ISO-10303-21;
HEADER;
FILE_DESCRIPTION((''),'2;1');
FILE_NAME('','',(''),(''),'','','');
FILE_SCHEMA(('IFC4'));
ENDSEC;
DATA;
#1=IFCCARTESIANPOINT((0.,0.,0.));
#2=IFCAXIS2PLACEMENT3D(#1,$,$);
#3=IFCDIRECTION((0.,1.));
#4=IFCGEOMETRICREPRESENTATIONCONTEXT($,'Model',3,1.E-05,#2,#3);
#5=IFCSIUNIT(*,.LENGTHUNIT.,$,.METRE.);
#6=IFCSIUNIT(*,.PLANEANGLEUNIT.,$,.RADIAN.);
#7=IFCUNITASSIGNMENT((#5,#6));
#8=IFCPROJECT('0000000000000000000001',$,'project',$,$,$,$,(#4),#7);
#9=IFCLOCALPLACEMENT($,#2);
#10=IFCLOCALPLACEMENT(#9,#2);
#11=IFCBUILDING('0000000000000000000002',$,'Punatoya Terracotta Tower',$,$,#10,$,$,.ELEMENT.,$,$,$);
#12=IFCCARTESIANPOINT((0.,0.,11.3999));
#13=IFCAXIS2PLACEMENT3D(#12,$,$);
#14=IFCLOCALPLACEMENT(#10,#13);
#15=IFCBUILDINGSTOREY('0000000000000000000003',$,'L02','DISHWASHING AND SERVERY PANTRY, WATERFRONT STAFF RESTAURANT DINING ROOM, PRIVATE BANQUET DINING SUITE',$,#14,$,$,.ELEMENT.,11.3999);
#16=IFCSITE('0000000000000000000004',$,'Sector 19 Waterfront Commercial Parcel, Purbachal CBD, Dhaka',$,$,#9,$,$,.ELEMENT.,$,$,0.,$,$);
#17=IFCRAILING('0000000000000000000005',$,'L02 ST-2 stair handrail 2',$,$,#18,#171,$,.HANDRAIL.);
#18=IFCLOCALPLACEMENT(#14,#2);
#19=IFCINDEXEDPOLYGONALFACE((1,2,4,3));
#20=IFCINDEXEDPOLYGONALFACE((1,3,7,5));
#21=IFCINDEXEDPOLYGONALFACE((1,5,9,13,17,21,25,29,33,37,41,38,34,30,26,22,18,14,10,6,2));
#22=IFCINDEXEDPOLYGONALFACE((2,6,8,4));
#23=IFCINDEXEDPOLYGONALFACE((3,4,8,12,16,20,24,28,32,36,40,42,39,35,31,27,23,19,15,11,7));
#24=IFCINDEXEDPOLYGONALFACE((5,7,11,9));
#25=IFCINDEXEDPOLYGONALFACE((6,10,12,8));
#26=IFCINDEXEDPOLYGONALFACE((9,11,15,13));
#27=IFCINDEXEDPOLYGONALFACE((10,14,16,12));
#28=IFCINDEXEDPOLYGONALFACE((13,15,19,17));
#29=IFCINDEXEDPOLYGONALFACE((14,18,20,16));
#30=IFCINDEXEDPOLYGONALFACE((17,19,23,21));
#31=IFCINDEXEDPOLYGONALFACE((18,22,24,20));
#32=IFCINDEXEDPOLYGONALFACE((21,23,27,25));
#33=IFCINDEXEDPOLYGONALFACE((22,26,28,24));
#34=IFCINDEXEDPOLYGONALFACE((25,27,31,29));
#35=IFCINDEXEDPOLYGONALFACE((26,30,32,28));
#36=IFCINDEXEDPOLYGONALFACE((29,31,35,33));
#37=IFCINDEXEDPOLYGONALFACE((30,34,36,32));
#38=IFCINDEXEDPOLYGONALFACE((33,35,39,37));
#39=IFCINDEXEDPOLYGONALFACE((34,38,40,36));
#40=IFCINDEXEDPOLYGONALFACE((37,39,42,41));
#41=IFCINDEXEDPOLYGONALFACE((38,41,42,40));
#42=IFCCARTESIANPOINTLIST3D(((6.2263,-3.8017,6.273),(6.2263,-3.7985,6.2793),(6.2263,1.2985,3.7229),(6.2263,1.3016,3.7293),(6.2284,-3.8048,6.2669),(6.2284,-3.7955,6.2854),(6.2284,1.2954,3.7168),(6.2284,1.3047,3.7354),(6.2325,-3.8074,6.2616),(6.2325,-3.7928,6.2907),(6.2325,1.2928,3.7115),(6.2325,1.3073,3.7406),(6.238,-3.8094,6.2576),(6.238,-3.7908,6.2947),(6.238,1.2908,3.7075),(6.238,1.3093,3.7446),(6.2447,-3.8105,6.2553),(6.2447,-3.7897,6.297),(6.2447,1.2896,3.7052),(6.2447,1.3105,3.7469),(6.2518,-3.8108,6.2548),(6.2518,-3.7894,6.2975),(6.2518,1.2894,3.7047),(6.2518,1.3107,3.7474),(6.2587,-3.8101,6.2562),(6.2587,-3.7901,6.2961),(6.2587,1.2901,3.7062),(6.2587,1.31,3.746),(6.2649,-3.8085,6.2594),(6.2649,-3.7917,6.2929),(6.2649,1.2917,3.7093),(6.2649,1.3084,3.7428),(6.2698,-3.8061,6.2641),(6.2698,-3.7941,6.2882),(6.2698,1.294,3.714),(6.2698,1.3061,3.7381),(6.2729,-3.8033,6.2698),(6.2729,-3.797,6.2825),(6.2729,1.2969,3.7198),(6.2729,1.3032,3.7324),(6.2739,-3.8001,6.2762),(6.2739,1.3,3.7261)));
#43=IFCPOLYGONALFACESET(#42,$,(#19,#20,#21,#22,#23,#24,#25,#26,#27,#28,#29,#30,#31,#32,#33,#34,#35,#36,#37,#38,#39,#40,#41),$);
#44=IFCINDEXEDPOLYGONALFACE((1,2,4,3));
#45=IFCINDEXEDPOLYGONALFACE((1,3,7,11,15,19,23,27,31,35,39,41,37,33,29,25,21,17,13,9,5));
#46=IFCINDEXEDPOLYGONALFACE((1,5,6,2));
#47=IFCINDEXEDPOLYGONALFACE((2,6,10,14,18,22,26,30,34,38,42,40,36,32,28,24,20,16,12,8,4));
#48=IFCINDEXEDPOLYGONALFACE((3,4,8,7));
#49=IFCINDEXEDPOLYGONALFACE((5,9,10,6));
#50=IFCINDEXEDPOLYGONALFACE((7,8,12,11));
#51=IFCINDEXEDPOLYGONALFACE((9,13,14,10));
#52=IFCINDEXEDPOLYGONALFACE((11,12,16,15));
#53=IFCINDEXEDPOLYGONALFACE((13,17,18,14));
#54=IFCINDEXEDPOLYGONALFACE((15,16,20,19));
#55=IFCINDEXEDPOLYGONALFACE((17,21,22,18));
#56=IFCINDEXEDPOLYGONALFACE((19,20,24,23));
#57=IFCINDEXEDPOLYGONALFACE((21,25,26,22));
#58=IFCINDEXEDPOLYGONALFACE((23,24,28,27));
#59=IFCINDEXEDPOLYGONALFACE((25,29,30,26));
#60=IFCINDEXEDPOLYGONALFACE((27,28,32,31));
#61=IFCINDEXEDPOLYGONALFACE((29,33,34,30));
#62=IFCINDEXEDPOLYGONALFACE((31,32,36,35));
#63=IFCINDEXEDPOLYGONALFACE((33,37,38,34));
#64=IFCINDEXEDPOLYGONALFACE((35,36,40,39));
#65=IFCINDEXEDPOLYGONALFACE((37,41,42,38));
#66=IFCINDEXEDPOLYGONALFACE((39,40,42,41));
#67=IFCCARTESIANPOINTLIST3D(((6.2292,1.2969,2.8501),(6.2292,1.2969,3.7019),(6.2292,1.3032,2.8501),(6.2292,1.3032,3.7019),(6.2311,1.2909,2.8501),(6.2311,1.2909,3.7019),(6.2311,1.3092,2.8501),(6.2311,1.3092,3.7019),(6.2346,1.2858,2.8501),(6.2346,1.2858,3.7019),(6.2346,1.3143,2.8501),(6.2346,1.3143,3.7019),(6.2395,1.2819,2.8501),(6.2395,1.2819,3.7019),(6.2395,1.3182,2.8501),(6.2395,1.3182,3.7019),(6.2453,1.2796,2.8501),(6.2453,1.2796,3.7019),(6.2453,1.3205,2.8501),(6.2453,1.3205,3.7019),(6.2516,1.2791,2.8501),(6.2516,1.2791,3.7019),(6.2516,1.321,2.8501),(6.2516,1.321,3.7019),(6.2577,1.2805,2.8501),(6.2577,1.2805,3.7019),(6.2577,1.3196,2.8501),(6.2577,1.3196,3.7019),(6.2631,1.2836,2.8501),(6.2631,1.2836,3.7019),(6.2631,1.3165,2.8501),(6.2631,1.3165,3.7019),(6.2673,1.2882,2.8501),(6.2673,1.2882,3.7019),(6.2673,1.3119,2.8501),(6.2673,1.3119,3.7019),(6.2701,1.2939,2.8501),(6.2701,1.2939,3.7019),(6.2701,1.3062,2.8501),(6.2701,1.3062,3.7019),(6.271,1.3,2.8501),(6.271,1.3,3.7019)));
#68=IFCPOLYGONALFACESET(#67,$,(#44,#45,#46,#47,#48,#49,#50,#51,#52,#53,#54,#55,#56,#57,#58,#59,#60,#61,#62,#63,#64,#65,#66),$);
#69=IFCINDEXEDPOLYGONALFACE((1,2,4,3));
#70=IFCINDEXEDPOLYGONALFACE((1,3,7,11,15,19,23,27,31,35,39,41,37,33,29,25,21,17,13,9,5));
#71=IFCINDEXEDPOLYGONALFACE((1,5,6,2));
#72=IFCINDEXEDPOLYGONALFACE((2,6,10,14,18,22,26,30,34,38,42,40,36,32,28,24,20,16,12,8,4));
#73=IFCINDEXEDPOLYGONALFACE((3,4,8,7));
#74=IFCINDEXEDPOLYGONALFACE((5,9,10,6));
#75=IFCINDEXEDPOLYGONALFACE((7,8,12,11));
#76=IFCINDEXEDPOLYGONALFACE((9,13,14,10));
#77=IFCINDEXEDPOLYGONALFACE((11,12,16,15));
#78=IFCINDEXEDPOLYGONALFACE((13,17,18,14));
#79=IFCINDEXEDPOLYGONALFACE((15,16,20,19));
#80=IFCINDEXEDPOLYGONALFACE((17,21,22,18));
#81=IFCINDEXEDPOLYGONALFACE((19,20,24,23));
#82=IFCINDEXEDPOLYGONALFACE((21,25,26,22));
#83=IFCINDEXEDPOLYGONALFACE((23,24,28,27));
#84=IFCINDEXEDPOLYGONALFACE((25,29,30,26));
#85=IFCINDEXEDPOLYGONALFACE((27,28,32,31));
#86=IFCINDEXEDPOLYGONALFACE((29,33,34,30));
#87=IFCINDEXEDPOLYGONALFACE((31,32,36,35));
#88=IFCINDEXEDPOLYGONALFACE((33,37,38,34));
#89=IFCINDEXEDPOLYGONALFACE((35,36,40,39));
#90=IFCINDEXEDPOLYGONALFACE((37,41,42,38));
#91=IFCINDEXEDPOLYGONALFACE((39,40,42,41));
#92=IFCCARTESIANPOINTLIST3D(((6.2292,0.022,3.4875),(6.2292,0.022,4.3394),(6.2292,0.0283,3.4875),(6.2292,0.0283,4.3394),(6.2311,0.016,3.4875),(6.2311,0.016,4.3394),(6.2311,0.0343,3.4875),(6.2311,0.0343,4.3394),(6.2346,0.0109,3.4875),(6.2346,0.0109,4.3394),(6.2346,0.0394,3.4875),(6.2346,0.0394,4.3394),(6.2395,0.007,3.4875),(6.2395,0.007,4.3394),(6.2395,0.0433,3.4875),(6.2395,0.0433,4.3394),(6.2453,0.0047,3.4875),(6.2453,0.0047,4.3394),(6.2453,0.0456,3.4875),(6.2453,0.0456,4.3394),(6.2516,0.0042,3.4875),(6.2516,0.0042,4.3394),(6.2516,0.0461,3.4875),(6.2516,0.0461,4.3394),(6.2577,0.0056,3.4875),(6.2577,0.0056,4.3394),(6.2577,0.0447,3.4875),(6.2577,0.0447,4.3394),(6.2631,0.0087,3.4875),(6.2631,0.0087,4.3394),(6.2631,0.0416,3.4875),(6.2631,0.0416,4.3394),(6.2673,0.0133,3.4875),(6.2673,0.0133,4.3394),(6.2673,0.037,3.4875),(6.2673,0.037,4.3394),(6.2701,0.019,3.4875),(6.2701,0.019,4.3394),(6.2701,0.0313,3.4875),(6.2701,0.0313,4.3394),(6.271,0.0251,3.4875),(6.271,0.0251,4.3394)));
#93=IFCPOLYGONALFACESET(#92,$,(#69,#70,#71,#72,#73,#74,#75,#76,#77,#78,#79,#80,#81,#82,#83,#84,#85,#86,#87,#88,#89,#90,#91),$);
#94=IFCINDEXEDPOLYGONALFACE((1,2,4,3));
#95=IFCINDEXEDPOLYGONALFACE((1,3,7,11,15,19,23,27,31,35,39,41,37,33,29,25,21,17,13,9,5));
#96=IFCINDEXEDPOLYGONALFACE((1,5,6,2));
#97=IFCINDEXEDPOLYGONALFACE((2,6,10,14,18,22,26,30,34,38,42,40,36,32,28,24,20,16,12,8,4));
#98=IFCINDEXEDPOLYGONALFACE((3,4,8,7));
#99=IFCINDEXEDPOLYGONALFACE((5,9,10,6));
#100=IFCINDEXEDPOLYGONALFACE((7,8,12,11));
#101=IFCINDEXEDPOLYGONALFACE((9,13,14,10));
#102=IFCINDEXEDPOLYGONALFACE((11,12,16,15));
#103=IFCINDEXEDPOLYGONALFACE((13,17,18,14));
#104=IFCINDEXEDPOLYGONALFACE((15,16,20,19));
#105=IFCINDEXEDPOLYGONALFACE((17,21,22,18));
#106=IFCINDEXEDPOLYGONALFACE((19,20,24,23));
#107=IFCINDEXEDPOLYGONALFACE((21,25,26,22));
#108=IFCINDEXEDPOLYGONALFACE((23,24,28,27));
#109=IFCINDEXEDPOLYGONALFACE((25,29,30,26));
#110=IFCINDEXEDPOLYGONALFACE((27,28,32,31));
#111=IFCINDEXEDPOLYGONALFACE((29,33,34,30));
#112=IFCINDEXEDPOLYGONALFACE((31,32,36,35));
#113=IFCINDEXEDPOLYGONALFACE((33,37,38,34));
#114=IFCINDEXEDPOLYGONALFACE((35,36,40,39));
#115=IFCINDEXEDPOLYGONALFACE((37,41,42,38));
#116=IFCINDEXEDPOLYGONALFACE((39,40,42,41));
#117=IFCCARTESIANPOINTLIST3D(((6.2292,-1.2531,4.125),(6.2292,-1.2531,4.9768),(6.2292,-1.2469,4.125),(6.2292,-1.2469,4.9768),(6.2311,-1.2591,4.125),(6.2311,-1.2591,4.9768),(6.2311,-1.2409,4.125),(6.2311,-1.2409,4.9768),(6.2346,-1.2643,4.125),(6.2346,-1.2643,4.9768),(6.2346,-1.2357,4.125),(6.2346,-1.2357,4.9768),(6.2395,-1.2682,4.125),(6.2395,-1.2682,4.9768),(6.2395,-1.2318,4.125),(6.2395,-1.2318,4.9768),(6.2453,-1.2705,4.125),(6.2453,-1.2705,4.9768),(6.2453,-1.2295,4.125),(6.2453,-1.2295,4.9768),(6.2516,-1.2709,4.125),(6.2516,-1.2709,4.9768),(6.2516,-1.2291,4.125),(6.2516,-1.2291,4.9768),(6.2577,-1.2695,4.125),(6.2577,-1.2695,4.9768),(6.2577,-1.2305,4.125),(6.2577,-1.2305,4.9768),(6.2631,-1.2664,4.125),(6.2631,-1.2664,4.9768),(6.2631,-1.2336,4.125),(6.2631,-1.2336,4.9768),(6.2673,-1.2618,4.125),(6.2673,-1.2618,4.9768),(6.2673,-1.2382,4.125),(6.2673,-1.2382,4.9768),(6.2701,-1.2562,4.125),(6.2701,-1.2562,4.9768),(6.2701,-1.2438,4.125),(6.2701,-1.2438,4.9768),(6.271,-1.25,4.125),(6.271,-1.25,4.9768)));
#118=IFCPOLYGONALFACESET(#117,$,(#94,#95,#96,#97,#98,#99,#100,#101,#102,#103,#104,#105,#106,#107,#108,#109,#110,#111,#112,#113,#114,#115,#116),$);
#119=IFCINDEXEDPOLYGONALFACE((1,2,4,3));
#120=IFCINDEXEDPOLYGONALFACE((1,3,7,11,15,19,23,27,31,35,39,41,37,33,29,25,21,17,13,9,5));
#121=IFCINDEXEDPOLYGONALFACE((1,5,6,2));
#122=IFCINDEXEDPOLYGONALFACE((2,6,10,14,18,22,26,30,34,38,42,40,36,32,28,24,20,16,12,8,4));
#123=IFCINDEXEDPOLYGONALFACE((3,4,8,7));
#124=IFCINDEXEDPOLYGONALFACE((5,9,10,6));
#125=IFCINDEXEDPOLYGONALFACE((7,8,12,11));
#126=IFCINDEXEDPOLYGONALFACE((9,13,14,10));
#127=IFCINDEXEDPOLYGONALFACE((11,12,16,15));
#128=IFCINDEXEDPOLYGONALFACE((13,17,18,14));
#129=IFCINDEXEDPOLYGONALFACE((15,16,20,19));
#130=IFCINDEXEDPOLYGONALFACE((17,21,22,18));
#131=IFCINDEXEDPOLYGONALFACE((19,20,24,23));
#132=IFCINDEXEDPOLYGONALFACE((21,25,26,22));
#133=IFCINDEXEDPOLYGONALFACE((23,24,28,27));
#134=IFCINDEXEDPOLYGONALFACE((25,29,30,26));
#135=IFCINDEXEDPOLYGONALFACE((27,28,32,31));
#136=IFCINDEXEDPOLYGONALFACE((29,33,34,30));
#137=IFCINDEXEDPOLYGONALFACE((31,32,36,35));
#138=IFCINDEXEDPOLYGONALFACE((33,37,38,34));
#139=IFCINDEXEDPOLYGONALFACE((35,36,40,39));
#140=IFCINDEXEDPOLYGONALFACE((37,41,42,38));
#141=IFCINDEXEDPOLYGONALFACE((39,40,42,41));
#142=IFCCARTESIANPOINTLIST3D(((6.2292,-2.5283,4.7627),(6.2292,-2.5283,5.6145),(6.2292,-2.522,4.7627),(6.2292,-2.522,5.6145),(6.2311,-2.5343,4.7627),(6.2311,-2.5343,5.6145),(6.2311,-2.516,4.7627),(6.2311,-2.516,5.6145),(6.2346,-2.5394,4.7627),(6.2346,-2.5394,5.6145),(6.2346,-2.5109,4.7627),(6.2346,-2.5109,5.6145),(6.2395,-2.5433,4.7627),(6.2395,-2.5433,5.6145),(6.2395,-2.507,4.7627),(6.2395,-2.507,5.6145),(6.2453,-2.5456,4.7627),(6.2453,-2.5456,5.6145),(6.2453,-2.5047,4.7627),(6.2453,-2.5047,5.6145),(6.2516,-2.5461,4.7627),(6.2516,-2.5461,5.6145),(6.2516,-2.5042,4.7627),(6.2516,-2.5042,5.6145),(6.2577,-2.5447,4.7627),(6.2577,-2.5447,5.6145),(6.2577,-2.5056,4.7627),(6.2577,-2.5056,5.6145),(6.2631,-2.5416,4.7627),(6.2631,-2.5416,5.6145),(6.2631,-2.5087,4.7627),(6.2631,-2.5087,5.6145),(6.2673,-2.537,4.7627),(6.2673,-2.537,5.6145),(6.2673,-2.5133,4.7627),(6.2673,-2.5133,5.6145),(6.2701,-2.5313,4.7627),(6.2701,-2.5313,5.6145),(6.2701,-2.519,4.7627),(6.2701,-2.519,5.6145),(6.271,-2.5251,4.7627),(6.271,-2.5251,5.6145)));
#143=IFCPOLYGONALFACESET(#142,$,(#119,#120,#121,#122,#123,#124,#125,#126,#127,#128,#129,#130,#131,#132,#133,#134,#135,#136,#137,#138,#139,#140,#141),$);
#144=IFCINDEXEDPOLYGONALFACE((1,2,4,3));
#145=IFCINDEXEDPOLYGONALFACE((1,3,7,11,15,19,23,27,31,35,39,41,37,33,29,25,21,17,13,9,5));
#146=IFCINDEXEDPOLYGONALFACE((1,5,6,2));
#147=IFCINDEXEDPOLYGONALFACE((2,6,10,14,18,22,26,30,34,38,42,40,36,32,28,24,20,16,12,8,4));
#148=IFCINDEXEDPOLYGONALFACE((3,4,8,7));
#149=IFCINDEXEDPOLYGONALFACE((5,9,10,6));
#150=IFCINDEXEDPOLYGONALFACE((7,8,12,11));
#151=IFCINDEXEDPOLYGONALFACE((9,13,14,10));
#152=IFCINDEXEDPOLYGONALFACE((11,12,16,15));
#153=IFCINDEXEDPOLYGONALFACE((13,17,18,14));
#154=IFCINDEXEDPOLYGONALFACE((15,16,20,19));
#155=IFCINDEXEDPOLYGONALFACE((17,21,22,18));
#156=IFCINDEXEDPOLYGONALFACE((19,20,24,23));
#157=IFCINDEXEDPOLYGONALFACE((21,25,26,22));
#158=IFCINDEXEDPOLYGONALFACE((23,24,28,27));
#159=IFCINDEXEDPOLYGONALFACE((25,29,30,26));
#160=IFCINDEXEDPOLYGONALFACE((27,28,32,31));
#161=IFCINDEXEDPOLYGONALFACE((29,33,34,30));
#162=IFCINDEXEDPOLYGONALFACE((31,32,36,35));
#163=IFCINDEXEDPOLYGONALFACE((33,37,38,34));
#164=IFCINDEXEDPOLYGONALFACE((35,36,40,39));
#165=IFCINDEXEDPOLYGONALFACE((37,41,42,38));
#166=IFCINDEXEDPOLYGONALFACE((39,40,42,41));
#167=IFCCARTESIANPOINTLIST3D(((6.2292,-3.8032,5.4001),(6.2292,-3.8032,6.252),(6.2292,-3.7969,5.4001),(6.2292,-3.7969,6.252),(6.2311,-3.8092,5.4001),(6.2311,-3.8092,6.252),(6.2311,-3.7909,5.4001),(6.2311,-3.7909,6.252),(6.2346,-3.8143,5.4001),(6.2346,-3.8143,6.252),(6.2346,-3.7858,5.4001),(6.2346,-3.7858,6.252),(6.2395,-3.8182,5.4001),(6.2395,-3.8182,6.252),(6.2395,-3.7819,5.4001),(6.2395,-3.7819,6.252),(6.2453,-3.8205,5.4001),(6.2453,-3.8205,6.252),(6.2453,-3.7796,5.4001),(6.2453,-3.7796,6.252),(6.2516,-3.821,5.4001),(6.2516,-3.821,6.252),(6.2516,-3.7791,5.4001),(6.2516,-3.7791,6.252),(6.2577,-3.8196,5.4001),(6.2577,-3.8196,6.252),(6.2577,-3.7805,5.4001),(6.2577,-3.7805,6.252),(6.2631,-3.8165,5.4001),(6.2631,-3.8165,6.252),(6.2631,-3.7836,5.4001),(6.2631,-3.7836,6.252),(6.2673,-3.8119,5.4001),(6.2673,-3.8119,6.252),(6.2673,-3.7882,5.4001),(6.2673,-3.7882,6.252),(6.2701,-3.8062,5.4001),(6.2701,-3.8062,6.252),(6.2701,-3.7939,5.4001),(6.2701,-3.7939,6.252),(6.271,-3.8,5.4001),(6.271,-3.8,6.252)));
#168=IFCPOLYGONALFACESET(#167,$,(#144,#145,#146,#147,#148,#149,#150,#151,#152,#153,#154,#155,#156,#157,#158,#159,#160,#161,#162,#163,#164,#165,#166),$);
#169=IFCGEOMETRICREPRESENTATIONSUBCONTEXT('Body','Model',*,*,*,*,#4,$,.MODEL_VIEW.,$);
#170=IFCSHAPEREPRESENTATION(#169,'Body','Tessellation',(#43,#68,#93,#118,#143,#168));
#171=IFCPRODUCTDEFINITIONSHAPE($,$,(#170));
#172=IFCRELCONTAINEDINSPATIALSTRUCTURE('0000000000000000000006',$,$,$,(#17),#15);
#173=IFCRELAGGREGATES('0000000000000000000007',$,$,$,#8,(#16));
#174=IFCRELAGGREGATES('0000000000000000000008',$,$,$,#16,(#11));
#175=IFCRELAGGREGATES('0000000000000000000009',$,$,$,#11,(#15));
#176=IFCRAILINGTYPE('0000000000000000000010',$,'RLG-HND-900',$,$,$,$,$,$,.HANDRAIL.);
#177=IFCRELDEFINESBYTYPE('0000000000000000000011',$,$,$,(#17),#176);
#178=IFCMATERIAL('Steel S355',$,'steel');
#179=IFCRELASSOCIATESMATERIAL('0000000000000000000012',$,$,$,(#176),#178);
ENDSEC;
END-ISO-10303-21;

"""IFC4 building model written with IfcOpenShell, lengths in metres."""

from ifc_helpers import new_model, si_unit, direction, frame, origin, origin_2d, place, context, subcontext, project, spatial, circle, extrude, material, type_object, element, save


model = new_model("IFC4")

# Units and contexts
model_context = context("Model", 3, precision=1e-05, world=origin(), true_north=direction((0.0, 1.0)))
body_context = subcontext(model_context, "Body", "Model", "MODEL_VIEW")
ifc_project = project(units=[si_unit("LENGTHUNIT", "METRE"), si_unit("PLANEANGLEUNIT", "RADIAN")], contexts=[model_context])

# Site, building, storey
site_placement = place(None, origin())
site = spatial("IfcSite", under=ifc_project, at=site_placement, Name="Sector 19 Waterfront Commercial Parcel, Purbachal CBD, Dhaka", CompositionType="ELEMENT", RefElevation=0.0)
building_placement = place(site_placement, origin())
building = spatial("IfcBuilding", under=site, at=building_placement, Name="Punatoya Terracotta Tower", CompositionType="ELEMENT")
storey_placement = place(building_placement, frame((0.0, 0.0, 11.3999)))
storey = spatial("IfcBuildingStorey", under=building, at=storey_placement, Name="L02", Description="DISHWASHING AND SERVERY PANTRY, WATERFRONT STAFF RESTAURANT DINING ROOM, PRIVATE BANQUET DINING SUITE", CompositionType="ELEMENT", Elevation=11.3999)

# Shared definitions
ifc_material_1 = material(Name="Steel S355", Category="steel")

# Railing
railing_type_1 = type_object("IfcRailingType", Name="RLG-HND-900", PredefinedType="HANDRAIL", material=ifc_material_1)
railing_1_placement = place(storey_placement, frame((6.25, 1.3, 2.8501)))
element("IfcRailing", 1, at=railing_1_placement, inside=storey, type_object=railing_type_1, Name="L02 ST-2 stair handrail 2", PredefinedType="HANDRAIL", context=body_context, shape_type="SweptSolid", body=[
    extrude(circle(Radius=0.0239, at=origin_2d()), frame((0.0, 0.0, 0.876), z_axis=(0.0, -0.894427, 0.447214), x_axis=(1.0, 0.0, 0.0)), (0.0, 0.0, 1.0), 5.7021),
    extrude(circle(Radius=0.021, at=origin_2d()), origin(), (0.0, 0.0, 1.0), 0.8518),
    extrude(circle(Radius=0.021, at=origin_2d()), frame((0.0, -1.2749, 0.6375)), (0.0, 0.0, 1.0), 0.8518),
    extrude(circle(Radius=0.021, at=origin_2d()), frame((0.0, -2.55, 1.2749)), (0.0, 0.0, 1.0), 0.8518),
    extrude(circle(Radius=0.021, at=origin_2d()), frame((0.0, -3.8252, 1.9126)), (0.0, 0.0, 1.0), 0.8518),
    extrude(circle(Radius=0.021, at=origin_2d()), frame((0.0, -5.1001, 2.55)), (0.0, 0.0, 1.0), 0.8518),
])

save(model, "model.ifc")
